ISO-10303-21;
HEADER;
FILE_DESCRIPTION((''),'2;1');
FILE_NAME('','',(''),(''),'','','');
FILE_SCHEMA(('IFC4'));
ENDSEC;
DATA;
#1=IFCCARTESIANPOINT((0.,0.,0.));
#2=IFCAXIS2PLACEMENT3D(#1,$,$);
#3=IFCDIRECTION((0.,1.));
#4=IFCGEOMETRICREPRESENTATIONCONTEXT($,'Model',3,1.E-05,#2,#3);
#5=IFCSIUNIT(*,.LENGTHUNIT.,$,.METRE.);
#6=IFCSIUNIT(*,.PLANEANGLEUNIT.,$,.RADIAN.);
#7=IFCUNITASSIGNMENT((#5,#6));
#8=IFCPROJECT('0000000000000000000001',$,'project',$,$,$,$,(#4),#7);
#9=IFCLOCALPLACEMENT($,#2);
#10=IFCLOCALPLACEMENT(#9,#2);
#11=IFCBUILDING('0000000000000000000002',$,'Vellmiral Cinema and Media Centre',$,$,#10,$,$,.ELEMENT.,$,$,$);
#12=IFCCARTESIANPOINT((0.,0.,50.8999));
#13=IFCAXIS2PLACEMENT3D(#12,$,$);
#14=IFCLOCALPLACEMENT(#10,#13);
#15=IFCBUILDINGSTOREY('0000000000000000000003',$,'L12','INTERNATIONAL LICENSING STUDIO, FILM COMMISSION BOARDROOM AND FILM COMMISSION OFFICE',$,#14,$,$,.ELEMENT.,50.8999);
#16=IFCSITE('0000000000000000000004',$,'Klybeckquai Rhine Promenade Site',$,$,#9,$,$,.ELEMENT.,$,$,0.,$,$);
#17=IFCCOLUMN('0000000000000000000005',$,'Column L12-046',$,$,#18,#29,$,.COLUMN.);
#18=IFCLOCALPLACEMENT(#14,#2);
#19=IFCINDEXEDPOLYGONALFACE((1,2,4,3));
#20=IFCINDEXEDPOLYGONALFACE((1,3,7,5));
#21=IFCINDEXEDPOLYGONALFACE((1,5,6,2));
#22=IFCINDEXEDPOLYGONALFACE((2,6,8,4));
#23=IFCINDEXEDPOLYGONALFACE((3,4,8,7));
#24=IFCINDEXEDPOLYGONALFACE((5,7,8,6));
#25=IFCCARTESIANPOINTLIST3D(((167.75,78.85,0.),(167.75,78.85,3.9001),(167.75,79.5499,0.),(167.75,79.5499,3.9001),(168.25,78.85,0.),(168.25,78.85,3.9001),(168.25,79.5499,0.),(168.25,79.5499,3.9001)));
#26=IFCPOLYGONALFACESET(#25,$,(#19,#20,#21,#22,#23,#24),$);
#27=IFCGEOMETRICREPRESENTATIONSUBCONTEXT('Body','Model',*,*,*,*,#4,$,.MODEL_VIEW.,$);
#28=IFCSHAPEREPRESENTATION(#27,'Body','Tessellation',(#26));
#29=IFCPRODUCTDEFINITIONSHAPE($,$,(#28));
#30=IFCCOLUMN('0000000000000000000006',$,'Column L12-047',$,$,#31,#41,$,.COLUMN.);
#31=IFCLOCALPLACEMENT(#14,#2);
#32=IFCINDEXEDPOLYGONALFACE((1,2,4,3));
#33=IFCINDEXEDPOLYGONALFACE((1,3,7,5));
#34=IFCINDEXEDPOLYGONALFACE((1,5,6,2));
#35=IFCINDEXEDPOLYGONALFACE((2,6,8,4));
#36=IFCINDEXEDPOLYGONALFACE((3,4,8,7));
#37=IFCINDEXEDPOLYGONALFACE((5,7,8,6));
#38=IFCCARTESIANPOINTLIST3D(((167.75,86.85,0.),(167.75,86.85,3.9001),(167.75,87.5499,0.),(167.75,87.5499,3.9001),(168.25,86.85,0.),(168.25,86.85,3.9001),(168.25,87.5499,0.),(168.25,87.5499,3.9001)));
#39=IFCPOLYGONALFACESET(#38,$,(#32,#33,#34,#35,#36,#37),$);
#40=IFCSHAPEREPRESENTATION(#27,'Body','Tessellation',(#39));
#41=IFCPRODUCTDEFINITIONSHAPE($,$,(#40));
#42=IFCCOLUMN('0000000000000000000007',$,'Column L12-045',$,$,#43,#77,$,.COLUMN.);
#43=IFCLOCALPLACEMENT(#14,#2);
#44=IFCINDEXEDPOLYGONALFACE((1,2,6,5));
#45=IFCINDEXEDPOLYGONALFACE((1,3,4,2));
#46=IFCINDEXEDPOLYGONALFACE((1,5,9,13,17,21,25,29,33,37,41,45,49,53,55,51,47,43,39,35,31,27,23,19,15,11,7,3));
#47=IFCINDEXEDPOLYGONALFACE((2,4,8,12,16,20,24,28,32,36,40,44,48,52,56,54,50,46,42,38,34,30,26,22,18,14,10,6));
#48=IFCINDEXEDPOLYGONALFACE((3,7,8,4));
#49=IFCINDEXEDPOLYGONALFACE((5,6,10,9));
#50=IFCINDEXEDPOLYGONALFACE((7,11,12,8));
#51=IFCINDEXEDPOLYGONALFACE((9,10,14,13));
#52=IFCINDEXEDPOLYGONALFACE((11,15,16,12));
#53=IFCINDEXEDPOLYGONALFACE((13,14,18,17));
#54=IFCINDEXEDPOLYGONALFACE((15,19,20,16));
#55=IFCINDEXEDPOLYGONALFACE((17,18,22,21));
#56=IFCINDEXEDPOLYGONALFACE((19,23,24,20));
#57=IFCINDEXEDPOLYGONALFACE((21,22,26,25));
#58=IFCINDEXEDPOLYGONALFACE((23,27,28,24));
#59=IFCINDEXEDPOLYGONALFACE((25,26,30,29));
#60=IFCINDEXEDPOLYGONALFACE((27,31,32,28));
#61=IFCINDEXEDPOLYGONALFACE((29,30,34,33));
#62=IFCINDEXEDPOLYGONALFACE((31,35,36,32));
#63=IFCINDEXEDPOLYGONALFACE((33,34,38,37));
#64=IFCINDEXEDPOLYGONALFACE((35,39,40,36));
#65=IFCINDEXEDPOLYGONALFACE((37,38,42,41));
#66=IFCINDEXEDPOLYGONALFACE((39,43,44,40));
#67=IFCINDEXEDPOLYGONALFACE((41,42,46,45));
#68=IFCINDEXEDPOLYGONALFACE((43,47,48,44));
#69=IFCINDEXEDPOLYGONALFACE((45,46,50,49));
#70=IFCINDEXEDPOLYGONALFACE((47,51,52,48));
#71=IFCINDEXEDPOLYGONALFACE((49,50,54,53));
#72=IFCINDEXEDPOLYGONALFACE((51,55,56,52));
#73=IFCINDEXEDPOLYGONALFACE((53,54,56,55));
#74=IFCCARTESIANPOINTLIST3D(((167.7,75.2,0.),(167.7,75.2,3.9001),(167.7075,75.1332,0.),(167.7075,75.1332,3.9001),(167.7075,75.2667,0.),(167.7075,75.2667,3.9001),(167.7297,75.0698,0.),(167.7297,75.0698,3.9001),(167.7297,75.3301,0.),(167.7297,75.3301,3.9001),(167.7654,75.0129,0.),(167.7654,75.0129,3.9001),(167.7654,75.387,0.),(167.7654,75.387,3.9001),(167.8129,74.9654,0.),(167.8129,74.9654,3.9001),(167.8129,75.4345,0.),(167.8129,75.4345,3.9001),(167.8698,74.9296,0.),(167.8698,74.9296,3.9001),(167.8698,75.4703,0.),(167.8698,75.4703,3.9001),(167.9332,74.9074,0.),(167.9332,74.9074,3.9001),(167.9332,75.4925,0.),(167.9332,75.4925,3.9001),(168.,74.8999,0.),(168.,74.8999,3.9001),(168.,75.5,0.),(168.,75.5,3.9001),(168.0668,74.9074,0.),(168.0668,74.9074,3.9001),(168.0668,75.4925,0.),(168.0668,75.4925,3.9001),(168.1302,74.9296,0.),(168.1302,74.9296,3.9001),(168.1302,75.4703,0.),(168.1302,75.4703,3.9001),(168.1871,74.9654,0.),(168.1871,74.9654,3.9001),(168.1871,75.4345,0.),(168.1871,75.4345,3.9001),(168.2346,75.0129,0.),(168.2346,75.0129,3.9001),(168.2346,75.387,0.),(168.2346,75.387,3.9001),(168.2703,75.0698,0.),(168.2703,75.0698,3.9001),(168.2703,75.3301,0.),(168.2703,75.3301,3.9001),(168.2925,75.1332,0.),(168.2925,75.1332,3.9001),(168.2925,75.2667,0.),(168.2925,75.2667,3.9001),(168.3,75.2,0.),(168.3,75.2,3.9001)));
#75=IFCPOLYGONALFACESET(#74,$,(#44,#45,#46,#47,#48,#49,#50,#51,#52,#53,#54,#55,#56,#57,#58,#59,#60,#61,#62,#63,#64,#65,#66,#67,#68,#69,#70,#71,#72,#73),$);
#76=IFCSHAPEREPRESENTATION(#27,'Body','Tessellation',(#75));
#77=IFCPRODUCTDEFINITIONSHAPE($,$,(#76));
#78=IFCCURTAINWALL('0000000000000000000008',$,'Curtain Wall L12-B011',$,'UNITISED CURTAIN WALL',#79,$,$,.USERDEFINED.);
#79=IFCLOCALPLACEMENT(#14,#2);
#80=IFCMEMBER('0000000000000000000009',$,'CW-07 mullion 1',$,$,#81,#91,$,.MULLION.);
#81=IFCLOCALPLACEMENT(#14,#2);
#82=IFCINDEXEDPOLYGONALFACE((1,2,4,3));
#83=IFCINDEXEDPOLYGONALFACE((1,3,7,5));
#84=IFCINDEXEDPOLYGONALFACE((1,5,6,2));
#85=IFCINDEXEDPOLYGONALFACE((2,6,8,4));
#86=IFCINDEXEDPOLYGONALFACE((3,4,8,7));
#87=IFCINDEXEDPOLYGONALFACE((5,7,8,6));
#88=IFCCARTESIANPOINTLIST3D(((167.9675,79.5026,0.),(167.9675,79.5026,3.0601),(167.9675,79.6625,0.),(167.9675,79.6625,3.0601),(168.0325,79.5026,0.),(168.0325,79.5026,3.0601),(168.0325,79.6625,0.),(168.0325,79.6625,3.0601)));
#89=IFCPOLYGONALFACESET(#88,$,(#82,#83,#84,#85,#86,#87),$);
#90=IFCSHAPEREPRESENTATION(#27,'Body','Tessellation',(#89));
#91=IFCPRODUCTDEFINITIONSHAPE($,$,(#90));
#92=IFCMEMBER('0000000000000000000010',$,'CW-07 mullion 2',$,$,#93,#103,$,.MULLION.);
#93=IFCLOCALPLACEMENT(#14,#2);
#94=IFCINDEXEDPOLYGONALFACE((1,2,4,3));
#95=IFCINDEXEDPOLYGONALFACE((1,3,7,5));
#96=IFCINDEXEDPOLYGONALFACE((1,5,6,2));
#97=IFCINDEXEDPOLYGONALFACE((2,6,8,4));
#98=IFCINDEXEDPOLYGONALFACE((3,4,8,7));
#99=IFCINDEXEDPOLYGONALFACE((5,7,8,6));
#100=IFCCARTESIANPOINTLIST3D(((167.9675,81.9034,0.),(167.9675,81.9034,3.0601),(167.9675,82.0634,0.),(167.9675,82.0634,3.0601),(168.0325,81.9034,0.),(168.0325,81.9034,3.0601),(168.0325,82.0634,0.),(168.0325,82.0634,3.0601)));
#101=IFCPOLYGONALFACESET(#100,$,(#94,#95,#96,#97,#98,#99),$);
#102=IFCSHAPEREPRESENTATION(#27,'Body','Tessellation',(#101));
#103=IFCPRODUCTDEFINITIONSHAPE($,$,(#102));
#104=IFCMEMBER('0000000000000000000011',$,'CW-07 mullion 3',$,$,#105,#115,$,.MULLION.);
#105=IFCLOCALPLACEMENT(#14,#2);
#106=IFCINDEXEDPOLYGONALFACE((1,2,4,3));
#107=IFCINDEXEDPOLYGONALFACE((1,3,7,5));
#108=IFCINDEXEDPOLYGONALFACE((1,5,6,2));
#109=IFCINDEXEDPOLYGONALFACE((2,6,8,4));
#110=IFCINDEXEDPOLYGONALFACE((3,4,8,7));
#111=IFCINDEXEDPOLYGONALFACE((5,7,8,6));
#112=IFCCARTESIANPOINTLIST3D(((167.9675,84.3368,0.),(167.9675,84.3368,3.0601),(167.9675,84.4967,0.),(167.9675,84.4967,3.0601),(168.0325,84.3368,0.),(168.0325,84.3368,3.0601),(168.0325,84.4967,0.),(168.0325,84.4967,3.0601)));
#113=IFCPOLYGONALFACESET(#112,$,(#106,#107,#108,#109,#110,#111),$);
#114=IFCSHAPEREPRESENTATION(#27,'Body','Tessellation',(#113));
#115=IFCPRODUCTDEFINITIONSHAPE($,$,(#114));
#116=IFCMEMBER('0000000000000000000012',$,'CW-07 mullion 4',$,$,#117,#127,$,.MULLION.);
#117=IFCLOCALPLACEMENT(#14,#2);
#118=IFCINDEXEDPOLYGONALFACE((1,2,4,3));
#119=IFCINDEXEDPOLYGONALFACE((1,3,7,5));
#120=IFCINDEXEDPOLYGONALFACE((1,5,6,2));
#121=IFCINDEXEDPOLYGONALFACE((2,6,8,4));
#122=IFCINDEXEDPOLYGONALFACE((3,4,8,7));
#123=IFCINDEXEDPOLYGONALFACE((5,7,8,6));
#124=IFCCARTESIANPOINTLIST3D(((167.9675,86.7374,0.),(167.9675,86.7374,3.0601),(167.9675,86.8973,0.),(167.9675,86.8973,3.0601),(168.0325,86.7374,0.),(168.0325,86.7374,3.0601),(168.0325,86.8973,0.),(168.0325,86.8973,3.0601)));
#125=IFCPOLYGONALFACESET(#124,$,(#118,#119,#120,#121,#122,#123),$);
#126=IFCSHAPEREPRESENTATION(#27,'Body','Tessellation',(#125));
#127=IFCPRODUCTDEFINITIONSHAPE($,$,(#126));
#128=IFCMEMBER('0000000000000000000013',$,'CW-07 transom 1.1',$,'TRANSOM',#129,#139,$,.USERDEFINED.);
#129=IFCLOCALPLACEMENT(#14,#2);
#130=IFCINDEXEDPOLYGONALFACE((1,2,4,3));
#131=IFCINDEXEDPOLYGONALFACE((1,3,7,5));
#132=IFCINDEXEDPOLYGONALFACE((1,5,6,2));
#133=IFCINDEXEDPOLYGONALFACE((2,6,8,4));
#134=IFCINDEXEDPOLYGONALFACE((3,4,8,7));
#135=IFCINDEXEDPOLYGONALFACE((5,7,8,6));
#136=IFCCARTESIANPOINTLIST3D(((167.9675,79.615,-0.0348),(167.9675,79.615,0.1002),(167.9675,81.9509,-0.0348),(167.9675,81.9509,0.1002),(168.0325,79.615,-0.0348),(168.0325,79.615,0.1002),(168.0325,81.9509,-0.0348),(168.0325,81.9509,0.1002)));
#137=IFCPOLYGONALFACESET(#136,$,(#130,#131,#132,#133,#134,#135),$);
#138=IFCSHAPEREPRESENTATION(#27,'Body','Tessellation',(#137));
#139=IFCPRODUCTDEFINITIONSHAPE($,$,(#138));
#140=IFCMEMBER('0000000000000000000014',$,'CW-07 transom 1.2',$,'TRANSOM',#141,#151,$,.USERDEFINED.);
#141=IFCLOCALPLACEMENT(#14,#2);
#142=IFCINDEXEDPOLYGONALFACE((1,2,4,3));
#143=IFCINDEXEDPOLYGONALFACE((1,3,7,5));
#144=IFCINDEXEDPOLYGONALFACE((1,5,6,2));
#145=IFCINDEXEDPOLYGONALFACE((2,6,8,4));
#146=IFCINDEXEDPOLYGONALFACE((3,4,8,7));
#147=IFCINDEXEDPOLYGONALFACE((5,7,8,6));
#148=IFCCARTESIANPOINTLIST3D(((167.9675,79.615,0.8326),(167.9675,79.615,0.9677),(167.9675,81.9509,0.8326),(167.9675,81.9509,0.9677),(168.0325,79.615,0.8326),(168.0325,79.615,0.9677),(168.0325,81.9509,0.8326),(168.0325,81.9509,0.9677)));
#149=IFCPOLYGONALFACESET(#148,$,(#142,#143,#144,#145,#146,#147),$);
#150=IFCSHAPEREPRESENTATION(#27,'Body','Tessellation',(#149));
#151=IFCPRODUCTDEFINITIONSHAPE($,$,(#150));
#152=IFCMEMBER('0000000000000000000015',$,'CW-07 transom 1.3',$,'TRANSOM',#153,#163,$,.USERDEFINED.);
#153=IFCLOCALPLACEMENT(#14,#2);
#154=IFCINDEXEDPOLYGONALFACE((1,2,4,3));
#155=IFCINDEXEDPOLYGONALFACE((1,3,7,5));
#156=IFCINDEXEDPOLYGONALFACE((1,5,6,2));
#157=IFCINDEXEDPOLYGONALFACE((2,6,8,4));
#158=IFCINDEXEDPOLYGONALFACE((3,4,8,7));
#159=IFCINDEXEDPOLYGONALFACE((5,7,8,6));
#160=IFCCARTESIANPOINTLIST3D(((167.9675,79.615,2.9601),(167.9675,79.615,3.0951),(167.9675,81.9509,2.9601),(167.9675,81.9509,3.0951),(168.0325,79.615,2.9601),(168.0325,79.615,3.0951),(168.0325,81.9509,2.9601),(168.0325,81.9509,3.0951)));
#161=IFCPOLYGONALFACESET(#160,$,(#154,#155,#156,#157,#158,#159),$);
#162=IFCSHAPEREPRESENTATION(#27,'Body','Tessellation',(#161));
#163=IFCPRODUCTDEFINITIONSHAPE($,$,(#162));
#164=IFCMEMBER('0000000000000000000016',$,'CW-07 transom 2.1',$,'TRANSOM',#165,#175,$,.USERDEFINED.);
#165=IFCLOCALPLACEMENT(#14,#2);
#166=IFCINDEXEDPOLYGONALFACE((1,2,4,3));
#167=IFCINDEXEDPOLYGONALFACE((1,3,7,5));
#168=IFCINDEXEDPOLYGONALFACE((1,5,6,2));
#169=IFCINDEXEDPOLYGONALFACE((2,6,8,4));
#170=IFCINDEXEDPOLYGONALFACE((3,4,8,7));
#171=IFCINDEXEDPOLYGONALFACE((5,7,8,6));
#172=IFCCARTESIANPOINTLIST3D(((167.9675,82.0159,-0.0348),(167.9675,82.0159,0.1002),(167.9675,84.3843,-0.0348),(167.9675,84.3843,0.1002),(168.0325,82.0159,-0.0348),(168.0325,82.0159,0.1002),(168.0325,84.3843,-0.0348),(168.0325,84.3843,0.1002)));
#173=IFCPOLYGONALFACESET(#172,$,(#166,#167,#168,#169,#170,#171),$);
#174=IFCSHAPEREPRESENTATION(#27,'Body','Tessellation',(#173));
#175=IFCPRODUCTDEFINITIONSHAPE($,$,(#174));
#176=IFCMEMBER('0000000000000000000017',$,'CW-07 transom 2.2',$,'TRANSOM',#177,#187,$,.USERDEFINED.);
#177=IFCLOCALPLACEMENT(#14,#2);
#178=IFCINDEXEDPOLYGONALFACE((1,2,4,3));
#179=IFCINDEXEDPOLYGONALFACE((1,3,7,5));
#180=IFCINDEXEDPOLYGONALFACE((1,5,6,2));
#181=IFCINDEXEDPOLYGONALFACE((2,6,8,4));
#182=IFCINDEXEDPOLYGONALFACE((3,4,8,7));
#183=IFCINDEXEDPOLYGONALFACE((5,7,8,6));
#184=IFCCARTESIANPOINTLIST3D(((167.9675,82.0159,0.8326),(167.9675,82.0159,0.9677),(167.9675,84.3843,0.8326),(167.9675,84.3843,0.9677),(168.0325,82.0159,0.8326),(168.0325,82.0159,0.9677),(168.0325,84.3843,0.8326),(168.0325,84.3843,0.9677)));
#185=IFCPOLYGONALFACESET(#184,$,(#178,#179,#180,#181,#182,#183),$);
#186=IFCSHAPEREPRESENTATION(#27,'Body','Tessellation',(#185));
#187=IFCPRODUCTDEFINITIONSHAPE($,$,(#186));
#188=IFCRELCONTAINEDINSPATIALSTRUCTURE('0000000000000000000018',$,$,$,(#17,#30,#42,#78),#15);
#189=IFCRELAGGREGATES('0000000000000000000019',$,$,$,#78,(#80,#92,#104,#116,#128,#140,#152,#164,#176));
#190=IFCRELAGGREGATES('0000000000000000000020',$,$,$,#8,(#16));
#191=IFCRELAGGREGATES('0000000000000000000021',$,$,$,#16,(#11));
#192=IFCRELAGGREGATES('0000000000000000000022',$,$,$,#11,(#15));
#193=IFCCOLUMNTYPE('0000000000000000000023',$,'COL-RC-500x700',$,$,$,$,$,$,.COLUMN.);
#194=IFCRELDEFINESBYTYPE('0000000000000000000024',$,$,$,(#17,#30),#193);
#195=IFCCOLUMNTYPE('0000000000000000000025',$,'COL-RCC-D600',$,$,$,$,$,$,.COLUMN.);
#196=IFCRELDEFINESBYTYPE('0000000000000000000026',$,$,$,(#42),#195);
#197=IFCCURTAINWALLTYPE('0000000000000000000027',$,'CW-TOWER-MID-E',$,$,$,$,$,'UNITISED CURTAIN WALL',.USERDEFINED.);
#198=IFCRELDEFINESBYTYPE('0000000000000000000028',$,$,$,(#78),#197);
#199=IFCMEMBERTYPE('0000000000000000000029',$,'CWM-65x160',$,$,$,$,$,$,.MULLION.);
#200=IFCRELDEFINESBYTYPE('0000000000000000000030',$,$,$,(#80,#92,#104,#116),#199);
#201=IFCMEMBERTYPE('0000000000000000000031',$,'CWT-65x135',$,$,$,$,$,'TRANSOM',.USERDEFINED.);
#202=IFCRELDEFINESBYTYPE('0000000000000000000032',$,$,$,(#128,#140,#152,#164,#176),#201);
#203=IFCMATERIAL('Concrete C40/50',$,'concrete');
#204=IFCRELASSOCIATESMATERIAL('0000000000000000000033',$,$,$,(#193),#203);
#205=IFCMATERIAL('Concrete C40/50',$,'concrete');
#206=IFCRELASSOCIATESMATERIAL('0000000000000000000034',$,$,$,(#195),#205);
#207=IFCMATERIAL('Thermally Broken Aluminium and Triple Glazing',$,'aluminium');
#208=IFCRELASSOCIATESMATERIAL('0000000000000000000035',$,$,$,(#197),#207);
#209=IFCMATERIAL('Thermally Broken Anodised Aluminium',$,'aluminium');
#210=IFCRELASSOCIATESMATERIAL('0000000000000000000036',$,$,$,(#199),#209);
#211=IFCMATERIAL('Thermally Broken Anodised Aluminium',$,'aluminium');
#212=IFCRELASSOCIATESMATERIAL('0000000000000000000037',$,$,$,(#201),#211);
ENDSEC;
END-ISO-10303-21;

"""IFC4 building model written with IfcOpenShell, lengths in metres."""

from ifc_helpers import new_model, si_unit, direction, frame, origin, origin_2d, place, context, subcontext, project, spatial, rectangle, circle, extrude, material, material_profile, profile_set, type_object, element, aggregate, save


model = new_model("IFC4")

# Units and contexts
model_context = context("Model", 3, precision=1e-05, world=origin(), true_north=direction((0.0, 1.0)))
body_context = subcontext(model_context, "Body", "Model", "MODEL_VIEW")
ifc_project = project(units=[si_unit("LENGTHUNIT", "METRE"), si_unit("PLANEANGLEUNIT", "RADIAN")], contexts=[model_context])

# Site, building, storey
site_placement = place(None, origin())
site = spatial("IfcSite", under=ifc_project, at=site_placement, Name="Klybeckquai Rhine Promenade Site", CompositionType="ELEMENT", RefElevation=0.0)
building_placement = place(site_placement, origin())
building = spatial("IfcBuilding", under=site, at=building_placement, Name="Vellmiral Cinema and Media Centre", CompositionType="ELEMENT")
storey_placement = place(building_placement, frame((0.0, 0.0, 50.8999)))
storey = spatial("IfcBuildingStorey", under=building, at=storey_placement, Name="L12", Description="INTERNATIONAL LICENSING STUDIO, FILM COMMISSION BOARDROOM AND FILM COMMISSION OFFICE", CompositionType="ELEMENT", Elevation=50.8999)

# Columns
ifc_material_1 = material(Name="Concrete C40/50", Category="concrete")
ifc_material_profile_1 = material_profile(ifc_material_1, rectangle(XDim=0.5, YDim=0.7, at=origin_2d()), Name="RC 500x700")
ifc_profile_set_1 = profile_set([ifc_material_profile_1], Name="Concrete C40/50")
column_type_1 = type_object("IfcColumnType", Name="COL-RC-500x700", PredefinedType="COLUMN", material=ifc_profile_set_1)
for number, where, z_axis, x_axis, name in (
    (1, (168.0, 79.2, 0.0), (0.0, 0.0, 1.0), (1.0, 0.0, 0.0), "Column L12-046"),
    (2, (168.0, 87.2, 0.0), (0.0, 0.0, 1.0), (1.0, 0.0, 0.0), "Column L12-047"),
):
    element("IfcColumn", number, at=place(storey_placement, frame(where, z_axis=z_axis, x_axis=x_axis)), inside=storey, type_object=column_type_1, Name=name, PredefinedType="COLUMN", context=body_context, shape_type="SweptSolid", body=[
        extrude(rectangle(XDim=0.5, YDim=0.7, at=origin_2d()), origin(), (0.0, 0.0, 1.0), 3.9001),
    ])
ifc_material_2 = material(Name="Concrete C40/50", Category="concrete")
ifc_material_profile_2 = material_profile(ifc_material_2, circle(Radius=0.3, at=origin_2d()), Name="RC D600")
ifc_profile_set_2 = profile_set([ifc_material_profile_2], Name="Concrete C40/50")
column_type_2 = type_object("IfcColumnType", Name="COL-RCC-D600", PredefinedType="COLUMN", material=ifc_profile_set_2)
column_placement = place(storey_placement, frame((168.0, 75.2, 0.0), z_axis=(0.0, 0.0, 1.0), x_axis=(1.0, 0.0, 0.0)))
element("IfcColumn", 3, at=column_placement, inside=storey, type_object=column_type_2, Name="Column L12-045", PredefinedType="COLUMN", context=body_context, shape_type="SweptSolid", body=[
    extrude(circle(Radius=0.3, at=origin_2d()), origin(), (0.0, 0.0, 1.0), 3.9001),
])

# Curtain wall, members
ifc_material_3 = material(Name="Thermally Broken Aluminium and Triple Glazing", Category="aluminium")
curtain_wall_type = type_object("IfcCurtainWallType", Name="CW-TOWER-MID-E", ElementType="UNITISED CURTAIN WALL", PredefinedType="USERDEFINED", material=ifc_material_3)
curtain_wall_placement = place(storey_placement, origin())
curtain_wall = element("IfcCurtainWall", 4, at=curtain_wall_placement, inside=storey, type_object=curtain_wall_type, Name="Curtain Wall L12-B011", ObjectType="UNITISED CURTAIN WALL", PredefinedType="USERDEFINED")
ifc_material_4 = material(Name="Thermally Broken Anodised Aluminium", Category="aluminium")
ifc_material_profile_3 = material_profile(ifc_material_4, rectangle(XDim=0.0649, YDim=0.1599, at=origin_2d()), Name="MULL 65x160")
ifc_profile_set_3 = profile_set([ifc_material_profile_3], Name="Thermally Broken Anodised Aluminium")
member_type_1 = type_object("IfcMemberType", Name="CWM-65x160", PredefinedType="MULLION", material=ifc_profile_set_3)
member_1_placement = place(storey_placement, frame((168.0, 79.5825, 0.0), z_axis=(0.0, 0.0, 1.0), x_axis=(-1.0, 0.0, 0.0)))
member_1 = element("IfcMember", 5, at=member_1_placement, type_object=member_type_1, Name="CW-07 mullion 1", PredefinedType="MULLION", context=body_context, shape_type="SweptSolid", body=[
    extrude(rectangle(XDim=0.0649, YDim=0.1599, at=origin_2d()), origin(), (0.0, 0.0, 1.0), 3.0601),
])
member_2_placement = place(storey_placement, frame((168.0, 81.9834, 0.0), z_axis=(0.0, 0.0, 1.0), x_axis=(-1.0, 0.0, 0.0)))
member_2 = element("IfcMember", 6, at=member_2_placement, type_object=member_type_1, Name="CW-07 mullion 2", PredefinedType="MULLION", context=body_context, shape_type="SweptSolid", body=[
    extrude(rectangle(XDim=0.0649, YDim=0.1599, at=origin_2d()), origin(), (0.0, 0.0, 1.0), 3.0601),
])
member_3_placement = place(storey_placement, frame((168.0, 84.4167, 0.0), z_axis=(0.0, 0.0, 1.0), x_axis=(-1.0, 0.0, 0.0)))
member_3 = element("IfcMember", 7, at=member_3_placement, type_object=member_type_1, Name="CW-07 mullion 3", PredefinedType="MULLION", context=body_context, shape_type="SweptSolid", body=[
    extrude(rectangle(XDim=0.0649, YDim=0.1599, at=origin_2d()), origin(), (0.0, 0.0, 1.0), 3.0601),
])
member_4_placement = place(storey_placement, frame((168.0, 86.8174, 0.0), z_axis=(0.0, 0.0, 1.0), x_axis=(-1.0, 0.0, 0.0)))
member_4 = element("IfcMember", 8, at=member_4_placement, type_object=member_type_1, Name="CW-07 mullion 4", PredefinedType="MULLION", context=body_context, shape_type="SweptSolid", body=[
    extrude(rectangle(XDim=0.0649, YDim=0.1599, at=origin_2d()), origin(), (0.0, 0.0, 1.0), 3.0601),
])
ifc_material_5 = material(Name="Thermally Broken Anodised Aluminium", Category="aluminium")
ifc_material_profile_4 = material_profile(ifc_material_5, rectangle(XDim=0.0649, YDim=0.135, at=origin_2d()), Name="MULL 65x135")
ifc_profile_set_4 = profile_set([ifc_material_profile_4], Name="Thermally Broken Anodised Aluminium")
member_type_2 = type_object("IfcMemberType", Name="CWT-65x135", ElementType="TRANSOM", PredefinedType="USERDEFINED", material=ifc_profile_set_4)
member_5_placement = place(storey_placement, frame((168.0, 79.615, 0.0327), z_axis=(0.0, 1.0, 0.0), x_axis=(-1.0, 0.0, 0.0)))
member_5 = element("IfcMember", 9, at=member_5_placement, type_object=member_type_2, Name="CW-07 transom 1.1", ObjectType="TRANSOM", PredefinedType="USERDEFINED", context=body_context, shape_type="SweptSolid", body=[
    extrude(rectangle(XDim=0.0649, YDim=0.135, at=origin_2d()), origin(), (0.0, 0.0, 1.0), 2.3359),
])
member_6_placement = place(storey_placement, frame((168.0, 79.615, 0.9001), z_axis=(0.0, 1.0, 0.0), x_axis=(-1.0, 0.0, 0.0)))
member_6 = element("IfcMember", 10, at=member_6_placement, type_object=member_type_2, Name="CW-07 transom 1.2", ObjectType="TRANSOM", PredefinedType="USERDEFINED", context=body_context, shape_type="SweptSolid", body=[
    extrude(rectangle(XDim=0.0649, YDim=0.135, at=origin_2d()), origin(), (0.0, 0.0, 1.0), 2.3359),
])
member_7_placement = place(storey_placement, frame((168.0, 79.615, 3.0276), z_axis=(0.0, 1.0, 0.0), x_axis=(-1.0, 0.0, 0.0)))
member_7 = element("IfcMember", 11, at=member_7_placement, type_object=member_type_2, Name="CW-07 transom 1.3", ObjectType="TRANSOM", PredefinedType="USERDEFINED", context=body_context, shape_type="SweptSolid", body=[
    extrude(rectangle(XDim=0.0649, YDim=0.135, at=origin_2d()), origin(), (0.0, 0.0, 1.0), 2.3359),
])
member_8_placement = place(storey_placement, frame((168.0, 82.0159, 0.0327), z_axis=(0.0, 1.0, 0.0), x_axis=(-1.0, 0.0, 0.0)))
member_8 = element("IfcMember", 12, at=member_8_placement, type_object=member_type_2, Name="CW-07 transom 2.1", ObjectType="TRANSOM", PredefinedType="USERDEFINED", context=body_context, shape_type="SweptSolid", body=[
    extrude(rectangle(XDim=0.0649, YDim=0.135, at=origin_2d()), origin(), (0.0, 0.0, 1.0), 2.3684),
])
member_9_placement = place(storey_placement, frame((168.0, 82.0159, 0.9001), z_axis=(0.0, 1.0, 0.0), x_axis=(-1.0, 0.0, 0.0)))
member_9 = element("IfcMember", 13, at=member_9_placement, type_object=member_type_2, Name="CW-07 transom 2.2", ObjectType="TRANSOM", PredefinedType="USERDEFINED", context=body_context, shape_type="SweptSolid", body=[
    extrude(rectangle(XDim=0.0649, YDim=0.135, at=origin_2d()), origin(), (0.0, 0.0, 1.0), 2.3684),
])

aggregate(curtain_wall, [member_1, member_2, member_3, member_4, member_5, member_6, member_7, member_8, member_9])

save(model, "model.ifc")
